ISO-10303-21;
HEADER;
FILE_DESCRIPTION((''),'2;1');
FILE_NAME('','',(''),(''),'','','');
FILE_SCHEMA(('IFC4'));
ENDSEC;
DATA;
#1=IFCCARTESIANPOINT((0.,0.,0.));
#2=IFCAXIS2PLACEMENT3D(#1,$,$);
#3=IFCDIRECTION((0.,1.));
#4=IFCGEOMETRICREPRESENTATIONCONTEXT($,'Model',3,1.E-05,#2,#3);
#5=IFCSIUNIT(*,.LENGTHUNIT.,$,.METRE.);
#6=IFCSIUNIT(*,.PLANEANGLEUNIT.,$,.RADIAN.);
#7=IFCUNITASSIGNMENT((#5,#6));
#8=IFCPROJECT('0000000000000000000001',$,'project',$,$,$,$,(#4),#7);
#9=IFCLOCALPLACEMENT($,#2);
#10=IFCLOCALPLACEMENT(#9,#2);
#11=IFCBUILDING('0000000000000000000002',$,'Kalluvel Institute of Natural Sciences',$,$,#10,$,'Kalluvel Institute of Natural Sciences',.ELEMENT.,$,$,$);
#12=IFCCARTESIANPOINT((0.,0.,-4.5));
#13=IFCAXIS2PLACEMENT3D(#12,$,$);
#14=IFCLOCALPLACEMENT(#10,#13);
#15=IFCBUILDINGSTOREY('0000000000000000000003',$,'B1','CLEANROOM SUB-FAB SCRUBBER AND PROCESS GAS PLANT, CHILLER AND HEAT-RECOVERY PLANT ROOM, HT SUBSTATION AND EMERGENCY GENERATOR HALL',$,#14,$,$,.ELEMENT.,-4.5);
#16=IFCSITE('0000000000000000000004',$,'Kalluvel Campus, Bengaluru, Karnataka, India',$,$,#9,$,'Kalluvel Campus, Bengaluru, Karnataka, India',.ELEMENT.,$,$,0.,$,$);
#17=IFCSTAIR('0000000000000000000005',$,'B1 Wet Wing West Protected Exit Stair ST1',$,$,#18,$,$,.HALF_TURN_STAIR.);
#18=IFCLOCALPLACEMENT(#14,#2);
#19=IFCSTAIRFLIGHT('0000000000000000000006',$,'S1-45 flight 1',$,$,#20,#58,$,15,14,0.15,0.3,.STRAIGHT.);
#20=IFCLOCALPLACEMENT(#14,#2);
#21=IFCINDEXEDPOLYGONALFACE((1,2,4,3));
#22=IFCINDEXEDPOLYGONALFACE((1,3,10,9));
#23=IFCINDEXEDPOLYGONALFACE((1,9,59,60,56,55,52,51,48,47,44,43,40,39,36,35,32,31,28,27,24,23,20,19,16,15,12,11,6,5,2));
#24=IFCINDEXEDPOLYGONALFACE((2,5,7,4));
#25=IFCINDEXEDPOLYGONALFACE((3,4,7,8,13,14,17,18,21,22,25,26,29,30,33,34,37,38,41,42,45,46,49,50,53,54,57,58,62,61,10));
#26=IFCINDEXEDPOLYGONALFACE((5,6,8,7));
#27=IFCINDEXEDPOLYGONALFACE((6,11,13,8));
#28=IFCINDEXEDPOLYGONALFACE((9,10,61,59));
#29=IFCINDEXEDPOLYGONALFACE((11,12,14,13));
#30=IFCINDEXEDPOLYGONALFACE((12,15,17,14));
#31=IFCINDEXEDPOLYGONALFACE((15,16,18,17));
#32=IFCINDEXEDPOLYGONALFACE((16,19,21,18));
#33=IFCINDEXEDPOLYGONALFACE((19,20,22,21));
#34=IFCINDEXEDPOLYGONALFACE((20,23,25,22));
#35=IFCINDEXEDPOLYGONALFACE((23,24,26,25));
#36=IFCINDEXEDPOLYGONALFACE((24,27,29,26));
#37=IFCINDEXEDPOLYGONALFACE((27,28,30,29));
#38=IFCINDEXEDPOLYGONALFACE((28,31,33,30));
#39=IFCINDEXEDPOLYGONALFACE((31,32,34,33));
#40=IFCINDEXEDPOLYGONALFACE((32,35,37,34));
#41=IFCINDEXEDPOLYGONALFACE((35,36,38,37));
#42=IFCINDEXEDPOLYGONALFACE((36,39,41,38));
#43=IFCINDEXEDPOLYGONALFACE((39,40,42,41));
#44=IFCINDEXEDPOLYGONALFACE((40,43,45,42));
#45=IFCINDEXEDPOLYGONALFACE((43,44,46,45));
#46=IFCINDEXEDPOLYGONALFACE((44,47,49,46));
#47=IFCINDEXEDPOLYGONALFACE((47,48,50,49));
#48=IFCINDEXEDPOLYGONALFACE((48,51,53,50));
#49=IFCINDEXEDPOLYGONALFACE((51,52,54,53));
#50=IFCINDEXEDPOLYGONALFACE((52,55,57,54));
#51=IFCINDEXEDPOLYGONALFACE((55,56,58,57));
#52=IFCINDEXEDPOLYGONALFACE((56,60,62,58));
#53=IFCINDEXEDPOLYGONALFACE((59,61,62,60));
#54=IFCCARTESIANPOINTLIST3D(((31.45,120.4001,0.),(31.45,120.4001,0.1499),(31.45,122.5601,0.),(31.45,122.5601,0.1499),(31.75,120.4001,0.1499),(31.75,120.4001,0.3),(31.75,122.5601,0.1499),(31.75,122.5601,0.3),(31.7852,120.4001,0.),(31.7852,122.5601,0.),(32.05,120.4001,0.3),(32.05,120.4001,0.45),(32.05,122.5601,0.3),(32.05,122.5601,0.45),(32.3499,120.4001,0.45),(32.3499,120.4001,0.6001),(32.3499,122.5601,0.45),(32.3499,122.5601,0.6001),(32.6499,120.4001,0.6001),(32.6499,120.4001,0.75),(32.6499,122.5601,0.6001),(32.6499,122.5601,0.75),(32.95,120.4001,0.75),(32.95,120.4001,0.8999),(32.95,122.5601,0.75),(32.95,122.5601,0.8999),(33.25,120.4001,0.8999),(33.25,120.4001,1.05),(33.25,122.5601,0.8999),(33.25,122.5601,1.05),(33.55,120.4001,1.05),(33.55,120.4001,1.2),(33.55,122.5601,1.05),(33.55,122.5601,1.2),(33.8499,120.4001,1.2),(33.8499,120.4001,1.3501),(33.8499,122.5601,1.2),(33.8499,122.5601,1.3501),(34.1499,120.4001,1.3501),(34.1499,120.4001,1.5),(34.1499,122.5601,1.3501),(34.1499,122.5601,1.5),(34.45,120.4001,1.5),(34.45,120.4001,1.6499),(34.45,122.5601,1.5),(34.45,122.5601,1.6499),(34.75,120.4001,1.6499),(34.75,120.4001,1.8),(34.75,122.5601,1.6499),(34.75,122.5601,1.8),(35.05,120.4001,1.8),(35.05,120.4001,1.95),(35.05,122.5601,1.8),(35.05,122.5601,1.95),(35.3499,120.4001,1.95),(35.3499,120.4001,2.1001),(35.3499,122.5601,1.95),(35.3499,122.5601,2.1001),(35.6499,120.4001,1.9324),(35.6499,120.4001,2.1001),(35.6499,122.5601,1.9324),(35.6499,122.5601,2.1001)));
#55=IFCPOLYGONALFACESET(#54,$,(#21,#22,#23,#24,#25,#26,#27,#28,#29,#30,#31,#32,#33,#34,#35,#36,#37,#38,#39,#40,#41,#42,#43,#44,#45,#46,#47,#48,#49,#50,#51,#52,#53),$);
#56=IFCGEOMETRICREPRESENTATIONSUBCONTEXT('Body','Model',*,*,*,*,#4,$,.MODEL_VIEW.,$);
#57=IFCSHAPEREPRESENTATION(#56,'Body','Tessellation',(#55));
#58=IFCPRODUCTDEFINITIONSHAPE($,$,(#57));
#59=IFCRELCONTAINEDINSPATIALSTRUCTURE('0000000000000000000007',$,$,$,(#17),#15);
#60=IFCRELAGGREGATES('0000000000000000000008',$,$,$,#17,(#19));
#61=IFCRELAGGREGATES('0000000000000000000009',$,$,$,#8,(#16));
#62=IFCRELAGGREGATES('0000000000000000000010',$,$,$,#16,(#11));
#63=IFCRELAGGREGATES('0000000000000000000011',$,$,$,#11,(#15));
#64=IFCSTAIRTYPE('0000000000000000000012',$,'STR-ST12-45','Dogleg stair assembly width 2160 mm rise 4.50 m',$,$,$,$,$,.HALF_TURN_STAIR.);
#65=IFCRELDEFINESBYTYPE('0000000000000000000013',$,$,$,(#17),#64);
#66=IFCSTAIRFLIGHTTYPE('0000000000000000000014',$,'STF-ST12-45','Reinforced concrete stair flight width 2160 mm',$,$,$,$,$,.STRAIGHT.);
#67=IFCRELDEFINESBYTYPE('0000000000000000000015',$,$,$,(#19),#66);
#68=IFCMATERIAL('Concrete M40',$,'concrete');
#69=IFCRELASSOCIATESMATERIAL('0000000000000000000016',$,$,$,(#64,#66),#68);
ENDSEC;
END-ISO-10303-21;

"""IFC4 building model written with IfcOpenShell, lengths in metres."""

from ifc_helpers import new_model, si_unit, direction, frame, origin, place, context, subcontext, project, spatial, polyline, outline, extrude, material, type_object, element, aggregate, save


model = new_model("IFC4")

# Units and contexts
model_context = context("Model", 3, precision=1e-05, world=origin(), true_north=direction((0.0, 1.0)))
body_context = subcontext(model_context, "Body", "Model", "MODEL_VIEW")
ifc_project = project(units=[si_unit("LENGTHUNIT", "METRE"), si_unit("PLANEANGLEUNIT", "RADIAN")], contexts=[model_context])

# Site, building, storey
site_placement = place(None, origin())
site = spatial("IfcSite", under=ifc_project, at=site_placement, Name="Kalluvel Campus, Bengaluru, Karnataka, India", LongName="Kalluvel Campus, Bengaluru, Karnataka, India", CompositionType="ELEMENT", RefElevation=0.0)
building_placement = place(site_placement, origin())
building = spatial("IfcBuilding", under=site, at=building_placement, Name="Kalluvel Institute of Natural Sciences", LongName="Kalluvel Institute of Natural Sciences", CompositionType="ELEMENT")
storey_placement = place(building_placement, frame((0.0, 0.0, -4.5)))
storey = spatial("IfcBuildingStorey", under=building, at=storey_placement, Name="B1", Description="CLEANROOM SUB-FAB SCRUBBER AND PROCESS GAS PLANT, CHILLER AND HEAT-RECOVERY PLANT ROOM, HT SUBSTATION AND EMERGENCY GENERATOR HALL", CompositionType="ELEMENT", Elevation=-4.5)

# Shared definitions
ifc_material_1 = material(Name="Concrete M40", Category="concrete")

# Stair, stair flight
stair_type = type_object("IfcStairType", Name="STR-ST12-45", Description="Dogleg stair assembly width 2160 mm rise 4.50 m", PredefinedType="HALF_TURN_STAIR", material=ifc_material_1)
stair_placement = place(storey_placement, origin())
stair = element("IfcStair", 1, at=stair_placement, inside=storey, type_object=stair_type, Name="B1 Wet Wing West Protected Exit Stair ST1", PredefinedType="HALF_TURN_STAIR")
stair_flight_type = type_object("IfcStairFlightType", Name="STF-ST12-45", Description="Reinforced concrete stair flight width 2160 mm", PredefinedType="STRAIGHT", material=ifc_material_1)
stair_flight_placement = place(storey_placement, frame((31.45, 121.48, 0.0), z_axis=(0.0, 0.0, 1.0), x_axis=(1.0, 0.0, 0.0)))
stair_flight = element("IfcStairFlight", 2, at=stair_flight_placement, type_object=stair_flight_type, Name="S1-45 flight 1", NumberOfRisers=15, NumberOfTreads=14, PredefinedType="STRAIGHT", RiserHeight=0.15, TreadLength=0.3, context=body_context, shape_type="SweptSolid", body=[
    extrude(outline(polyline([(0.0, 0.0), (0.0, 0.1499), (0.3, 0.1499), (0.3, 0.3), (0.6001, 0.3), (0.6001, 0.45), (0.8999, 0.45), (0.8999, 0.6001), (1.2, 0.6001), (1.2, 0.75), (1.5, 0.75), (1.5, 0.8999), (1.8, 0.8999), (1.8, 1.05), (2.1001, 1.05), (2.1001, 1.2), (2.3999, 1.2), (2.3999, 1.3501), (2.7, 1.3501), (2.7, 1.5), (3.0, 1.5), (3.0, 1.6499), (3.3, 1.6499), (3.3, 1.8), (3.6001, 1.8), (3.6001, 1.95), (3.8999, 1.95), (3.8999, 2.1001), (4.2, 2.1001), (4.2, 2.25), (4.2, 1.9324), (0.3352, 0.0), (0.0, 0.0)])), frame((0.0, 1.0801, 0.0), z_axis=(0.0, -1.0, 0.0), x_axis=(1.0, 0.0, 0.0)), (0.0, 0.0, 1.0), 2.1599),
])
aggregate(stair, [stair_flight])

save(model, "model.ifc")
